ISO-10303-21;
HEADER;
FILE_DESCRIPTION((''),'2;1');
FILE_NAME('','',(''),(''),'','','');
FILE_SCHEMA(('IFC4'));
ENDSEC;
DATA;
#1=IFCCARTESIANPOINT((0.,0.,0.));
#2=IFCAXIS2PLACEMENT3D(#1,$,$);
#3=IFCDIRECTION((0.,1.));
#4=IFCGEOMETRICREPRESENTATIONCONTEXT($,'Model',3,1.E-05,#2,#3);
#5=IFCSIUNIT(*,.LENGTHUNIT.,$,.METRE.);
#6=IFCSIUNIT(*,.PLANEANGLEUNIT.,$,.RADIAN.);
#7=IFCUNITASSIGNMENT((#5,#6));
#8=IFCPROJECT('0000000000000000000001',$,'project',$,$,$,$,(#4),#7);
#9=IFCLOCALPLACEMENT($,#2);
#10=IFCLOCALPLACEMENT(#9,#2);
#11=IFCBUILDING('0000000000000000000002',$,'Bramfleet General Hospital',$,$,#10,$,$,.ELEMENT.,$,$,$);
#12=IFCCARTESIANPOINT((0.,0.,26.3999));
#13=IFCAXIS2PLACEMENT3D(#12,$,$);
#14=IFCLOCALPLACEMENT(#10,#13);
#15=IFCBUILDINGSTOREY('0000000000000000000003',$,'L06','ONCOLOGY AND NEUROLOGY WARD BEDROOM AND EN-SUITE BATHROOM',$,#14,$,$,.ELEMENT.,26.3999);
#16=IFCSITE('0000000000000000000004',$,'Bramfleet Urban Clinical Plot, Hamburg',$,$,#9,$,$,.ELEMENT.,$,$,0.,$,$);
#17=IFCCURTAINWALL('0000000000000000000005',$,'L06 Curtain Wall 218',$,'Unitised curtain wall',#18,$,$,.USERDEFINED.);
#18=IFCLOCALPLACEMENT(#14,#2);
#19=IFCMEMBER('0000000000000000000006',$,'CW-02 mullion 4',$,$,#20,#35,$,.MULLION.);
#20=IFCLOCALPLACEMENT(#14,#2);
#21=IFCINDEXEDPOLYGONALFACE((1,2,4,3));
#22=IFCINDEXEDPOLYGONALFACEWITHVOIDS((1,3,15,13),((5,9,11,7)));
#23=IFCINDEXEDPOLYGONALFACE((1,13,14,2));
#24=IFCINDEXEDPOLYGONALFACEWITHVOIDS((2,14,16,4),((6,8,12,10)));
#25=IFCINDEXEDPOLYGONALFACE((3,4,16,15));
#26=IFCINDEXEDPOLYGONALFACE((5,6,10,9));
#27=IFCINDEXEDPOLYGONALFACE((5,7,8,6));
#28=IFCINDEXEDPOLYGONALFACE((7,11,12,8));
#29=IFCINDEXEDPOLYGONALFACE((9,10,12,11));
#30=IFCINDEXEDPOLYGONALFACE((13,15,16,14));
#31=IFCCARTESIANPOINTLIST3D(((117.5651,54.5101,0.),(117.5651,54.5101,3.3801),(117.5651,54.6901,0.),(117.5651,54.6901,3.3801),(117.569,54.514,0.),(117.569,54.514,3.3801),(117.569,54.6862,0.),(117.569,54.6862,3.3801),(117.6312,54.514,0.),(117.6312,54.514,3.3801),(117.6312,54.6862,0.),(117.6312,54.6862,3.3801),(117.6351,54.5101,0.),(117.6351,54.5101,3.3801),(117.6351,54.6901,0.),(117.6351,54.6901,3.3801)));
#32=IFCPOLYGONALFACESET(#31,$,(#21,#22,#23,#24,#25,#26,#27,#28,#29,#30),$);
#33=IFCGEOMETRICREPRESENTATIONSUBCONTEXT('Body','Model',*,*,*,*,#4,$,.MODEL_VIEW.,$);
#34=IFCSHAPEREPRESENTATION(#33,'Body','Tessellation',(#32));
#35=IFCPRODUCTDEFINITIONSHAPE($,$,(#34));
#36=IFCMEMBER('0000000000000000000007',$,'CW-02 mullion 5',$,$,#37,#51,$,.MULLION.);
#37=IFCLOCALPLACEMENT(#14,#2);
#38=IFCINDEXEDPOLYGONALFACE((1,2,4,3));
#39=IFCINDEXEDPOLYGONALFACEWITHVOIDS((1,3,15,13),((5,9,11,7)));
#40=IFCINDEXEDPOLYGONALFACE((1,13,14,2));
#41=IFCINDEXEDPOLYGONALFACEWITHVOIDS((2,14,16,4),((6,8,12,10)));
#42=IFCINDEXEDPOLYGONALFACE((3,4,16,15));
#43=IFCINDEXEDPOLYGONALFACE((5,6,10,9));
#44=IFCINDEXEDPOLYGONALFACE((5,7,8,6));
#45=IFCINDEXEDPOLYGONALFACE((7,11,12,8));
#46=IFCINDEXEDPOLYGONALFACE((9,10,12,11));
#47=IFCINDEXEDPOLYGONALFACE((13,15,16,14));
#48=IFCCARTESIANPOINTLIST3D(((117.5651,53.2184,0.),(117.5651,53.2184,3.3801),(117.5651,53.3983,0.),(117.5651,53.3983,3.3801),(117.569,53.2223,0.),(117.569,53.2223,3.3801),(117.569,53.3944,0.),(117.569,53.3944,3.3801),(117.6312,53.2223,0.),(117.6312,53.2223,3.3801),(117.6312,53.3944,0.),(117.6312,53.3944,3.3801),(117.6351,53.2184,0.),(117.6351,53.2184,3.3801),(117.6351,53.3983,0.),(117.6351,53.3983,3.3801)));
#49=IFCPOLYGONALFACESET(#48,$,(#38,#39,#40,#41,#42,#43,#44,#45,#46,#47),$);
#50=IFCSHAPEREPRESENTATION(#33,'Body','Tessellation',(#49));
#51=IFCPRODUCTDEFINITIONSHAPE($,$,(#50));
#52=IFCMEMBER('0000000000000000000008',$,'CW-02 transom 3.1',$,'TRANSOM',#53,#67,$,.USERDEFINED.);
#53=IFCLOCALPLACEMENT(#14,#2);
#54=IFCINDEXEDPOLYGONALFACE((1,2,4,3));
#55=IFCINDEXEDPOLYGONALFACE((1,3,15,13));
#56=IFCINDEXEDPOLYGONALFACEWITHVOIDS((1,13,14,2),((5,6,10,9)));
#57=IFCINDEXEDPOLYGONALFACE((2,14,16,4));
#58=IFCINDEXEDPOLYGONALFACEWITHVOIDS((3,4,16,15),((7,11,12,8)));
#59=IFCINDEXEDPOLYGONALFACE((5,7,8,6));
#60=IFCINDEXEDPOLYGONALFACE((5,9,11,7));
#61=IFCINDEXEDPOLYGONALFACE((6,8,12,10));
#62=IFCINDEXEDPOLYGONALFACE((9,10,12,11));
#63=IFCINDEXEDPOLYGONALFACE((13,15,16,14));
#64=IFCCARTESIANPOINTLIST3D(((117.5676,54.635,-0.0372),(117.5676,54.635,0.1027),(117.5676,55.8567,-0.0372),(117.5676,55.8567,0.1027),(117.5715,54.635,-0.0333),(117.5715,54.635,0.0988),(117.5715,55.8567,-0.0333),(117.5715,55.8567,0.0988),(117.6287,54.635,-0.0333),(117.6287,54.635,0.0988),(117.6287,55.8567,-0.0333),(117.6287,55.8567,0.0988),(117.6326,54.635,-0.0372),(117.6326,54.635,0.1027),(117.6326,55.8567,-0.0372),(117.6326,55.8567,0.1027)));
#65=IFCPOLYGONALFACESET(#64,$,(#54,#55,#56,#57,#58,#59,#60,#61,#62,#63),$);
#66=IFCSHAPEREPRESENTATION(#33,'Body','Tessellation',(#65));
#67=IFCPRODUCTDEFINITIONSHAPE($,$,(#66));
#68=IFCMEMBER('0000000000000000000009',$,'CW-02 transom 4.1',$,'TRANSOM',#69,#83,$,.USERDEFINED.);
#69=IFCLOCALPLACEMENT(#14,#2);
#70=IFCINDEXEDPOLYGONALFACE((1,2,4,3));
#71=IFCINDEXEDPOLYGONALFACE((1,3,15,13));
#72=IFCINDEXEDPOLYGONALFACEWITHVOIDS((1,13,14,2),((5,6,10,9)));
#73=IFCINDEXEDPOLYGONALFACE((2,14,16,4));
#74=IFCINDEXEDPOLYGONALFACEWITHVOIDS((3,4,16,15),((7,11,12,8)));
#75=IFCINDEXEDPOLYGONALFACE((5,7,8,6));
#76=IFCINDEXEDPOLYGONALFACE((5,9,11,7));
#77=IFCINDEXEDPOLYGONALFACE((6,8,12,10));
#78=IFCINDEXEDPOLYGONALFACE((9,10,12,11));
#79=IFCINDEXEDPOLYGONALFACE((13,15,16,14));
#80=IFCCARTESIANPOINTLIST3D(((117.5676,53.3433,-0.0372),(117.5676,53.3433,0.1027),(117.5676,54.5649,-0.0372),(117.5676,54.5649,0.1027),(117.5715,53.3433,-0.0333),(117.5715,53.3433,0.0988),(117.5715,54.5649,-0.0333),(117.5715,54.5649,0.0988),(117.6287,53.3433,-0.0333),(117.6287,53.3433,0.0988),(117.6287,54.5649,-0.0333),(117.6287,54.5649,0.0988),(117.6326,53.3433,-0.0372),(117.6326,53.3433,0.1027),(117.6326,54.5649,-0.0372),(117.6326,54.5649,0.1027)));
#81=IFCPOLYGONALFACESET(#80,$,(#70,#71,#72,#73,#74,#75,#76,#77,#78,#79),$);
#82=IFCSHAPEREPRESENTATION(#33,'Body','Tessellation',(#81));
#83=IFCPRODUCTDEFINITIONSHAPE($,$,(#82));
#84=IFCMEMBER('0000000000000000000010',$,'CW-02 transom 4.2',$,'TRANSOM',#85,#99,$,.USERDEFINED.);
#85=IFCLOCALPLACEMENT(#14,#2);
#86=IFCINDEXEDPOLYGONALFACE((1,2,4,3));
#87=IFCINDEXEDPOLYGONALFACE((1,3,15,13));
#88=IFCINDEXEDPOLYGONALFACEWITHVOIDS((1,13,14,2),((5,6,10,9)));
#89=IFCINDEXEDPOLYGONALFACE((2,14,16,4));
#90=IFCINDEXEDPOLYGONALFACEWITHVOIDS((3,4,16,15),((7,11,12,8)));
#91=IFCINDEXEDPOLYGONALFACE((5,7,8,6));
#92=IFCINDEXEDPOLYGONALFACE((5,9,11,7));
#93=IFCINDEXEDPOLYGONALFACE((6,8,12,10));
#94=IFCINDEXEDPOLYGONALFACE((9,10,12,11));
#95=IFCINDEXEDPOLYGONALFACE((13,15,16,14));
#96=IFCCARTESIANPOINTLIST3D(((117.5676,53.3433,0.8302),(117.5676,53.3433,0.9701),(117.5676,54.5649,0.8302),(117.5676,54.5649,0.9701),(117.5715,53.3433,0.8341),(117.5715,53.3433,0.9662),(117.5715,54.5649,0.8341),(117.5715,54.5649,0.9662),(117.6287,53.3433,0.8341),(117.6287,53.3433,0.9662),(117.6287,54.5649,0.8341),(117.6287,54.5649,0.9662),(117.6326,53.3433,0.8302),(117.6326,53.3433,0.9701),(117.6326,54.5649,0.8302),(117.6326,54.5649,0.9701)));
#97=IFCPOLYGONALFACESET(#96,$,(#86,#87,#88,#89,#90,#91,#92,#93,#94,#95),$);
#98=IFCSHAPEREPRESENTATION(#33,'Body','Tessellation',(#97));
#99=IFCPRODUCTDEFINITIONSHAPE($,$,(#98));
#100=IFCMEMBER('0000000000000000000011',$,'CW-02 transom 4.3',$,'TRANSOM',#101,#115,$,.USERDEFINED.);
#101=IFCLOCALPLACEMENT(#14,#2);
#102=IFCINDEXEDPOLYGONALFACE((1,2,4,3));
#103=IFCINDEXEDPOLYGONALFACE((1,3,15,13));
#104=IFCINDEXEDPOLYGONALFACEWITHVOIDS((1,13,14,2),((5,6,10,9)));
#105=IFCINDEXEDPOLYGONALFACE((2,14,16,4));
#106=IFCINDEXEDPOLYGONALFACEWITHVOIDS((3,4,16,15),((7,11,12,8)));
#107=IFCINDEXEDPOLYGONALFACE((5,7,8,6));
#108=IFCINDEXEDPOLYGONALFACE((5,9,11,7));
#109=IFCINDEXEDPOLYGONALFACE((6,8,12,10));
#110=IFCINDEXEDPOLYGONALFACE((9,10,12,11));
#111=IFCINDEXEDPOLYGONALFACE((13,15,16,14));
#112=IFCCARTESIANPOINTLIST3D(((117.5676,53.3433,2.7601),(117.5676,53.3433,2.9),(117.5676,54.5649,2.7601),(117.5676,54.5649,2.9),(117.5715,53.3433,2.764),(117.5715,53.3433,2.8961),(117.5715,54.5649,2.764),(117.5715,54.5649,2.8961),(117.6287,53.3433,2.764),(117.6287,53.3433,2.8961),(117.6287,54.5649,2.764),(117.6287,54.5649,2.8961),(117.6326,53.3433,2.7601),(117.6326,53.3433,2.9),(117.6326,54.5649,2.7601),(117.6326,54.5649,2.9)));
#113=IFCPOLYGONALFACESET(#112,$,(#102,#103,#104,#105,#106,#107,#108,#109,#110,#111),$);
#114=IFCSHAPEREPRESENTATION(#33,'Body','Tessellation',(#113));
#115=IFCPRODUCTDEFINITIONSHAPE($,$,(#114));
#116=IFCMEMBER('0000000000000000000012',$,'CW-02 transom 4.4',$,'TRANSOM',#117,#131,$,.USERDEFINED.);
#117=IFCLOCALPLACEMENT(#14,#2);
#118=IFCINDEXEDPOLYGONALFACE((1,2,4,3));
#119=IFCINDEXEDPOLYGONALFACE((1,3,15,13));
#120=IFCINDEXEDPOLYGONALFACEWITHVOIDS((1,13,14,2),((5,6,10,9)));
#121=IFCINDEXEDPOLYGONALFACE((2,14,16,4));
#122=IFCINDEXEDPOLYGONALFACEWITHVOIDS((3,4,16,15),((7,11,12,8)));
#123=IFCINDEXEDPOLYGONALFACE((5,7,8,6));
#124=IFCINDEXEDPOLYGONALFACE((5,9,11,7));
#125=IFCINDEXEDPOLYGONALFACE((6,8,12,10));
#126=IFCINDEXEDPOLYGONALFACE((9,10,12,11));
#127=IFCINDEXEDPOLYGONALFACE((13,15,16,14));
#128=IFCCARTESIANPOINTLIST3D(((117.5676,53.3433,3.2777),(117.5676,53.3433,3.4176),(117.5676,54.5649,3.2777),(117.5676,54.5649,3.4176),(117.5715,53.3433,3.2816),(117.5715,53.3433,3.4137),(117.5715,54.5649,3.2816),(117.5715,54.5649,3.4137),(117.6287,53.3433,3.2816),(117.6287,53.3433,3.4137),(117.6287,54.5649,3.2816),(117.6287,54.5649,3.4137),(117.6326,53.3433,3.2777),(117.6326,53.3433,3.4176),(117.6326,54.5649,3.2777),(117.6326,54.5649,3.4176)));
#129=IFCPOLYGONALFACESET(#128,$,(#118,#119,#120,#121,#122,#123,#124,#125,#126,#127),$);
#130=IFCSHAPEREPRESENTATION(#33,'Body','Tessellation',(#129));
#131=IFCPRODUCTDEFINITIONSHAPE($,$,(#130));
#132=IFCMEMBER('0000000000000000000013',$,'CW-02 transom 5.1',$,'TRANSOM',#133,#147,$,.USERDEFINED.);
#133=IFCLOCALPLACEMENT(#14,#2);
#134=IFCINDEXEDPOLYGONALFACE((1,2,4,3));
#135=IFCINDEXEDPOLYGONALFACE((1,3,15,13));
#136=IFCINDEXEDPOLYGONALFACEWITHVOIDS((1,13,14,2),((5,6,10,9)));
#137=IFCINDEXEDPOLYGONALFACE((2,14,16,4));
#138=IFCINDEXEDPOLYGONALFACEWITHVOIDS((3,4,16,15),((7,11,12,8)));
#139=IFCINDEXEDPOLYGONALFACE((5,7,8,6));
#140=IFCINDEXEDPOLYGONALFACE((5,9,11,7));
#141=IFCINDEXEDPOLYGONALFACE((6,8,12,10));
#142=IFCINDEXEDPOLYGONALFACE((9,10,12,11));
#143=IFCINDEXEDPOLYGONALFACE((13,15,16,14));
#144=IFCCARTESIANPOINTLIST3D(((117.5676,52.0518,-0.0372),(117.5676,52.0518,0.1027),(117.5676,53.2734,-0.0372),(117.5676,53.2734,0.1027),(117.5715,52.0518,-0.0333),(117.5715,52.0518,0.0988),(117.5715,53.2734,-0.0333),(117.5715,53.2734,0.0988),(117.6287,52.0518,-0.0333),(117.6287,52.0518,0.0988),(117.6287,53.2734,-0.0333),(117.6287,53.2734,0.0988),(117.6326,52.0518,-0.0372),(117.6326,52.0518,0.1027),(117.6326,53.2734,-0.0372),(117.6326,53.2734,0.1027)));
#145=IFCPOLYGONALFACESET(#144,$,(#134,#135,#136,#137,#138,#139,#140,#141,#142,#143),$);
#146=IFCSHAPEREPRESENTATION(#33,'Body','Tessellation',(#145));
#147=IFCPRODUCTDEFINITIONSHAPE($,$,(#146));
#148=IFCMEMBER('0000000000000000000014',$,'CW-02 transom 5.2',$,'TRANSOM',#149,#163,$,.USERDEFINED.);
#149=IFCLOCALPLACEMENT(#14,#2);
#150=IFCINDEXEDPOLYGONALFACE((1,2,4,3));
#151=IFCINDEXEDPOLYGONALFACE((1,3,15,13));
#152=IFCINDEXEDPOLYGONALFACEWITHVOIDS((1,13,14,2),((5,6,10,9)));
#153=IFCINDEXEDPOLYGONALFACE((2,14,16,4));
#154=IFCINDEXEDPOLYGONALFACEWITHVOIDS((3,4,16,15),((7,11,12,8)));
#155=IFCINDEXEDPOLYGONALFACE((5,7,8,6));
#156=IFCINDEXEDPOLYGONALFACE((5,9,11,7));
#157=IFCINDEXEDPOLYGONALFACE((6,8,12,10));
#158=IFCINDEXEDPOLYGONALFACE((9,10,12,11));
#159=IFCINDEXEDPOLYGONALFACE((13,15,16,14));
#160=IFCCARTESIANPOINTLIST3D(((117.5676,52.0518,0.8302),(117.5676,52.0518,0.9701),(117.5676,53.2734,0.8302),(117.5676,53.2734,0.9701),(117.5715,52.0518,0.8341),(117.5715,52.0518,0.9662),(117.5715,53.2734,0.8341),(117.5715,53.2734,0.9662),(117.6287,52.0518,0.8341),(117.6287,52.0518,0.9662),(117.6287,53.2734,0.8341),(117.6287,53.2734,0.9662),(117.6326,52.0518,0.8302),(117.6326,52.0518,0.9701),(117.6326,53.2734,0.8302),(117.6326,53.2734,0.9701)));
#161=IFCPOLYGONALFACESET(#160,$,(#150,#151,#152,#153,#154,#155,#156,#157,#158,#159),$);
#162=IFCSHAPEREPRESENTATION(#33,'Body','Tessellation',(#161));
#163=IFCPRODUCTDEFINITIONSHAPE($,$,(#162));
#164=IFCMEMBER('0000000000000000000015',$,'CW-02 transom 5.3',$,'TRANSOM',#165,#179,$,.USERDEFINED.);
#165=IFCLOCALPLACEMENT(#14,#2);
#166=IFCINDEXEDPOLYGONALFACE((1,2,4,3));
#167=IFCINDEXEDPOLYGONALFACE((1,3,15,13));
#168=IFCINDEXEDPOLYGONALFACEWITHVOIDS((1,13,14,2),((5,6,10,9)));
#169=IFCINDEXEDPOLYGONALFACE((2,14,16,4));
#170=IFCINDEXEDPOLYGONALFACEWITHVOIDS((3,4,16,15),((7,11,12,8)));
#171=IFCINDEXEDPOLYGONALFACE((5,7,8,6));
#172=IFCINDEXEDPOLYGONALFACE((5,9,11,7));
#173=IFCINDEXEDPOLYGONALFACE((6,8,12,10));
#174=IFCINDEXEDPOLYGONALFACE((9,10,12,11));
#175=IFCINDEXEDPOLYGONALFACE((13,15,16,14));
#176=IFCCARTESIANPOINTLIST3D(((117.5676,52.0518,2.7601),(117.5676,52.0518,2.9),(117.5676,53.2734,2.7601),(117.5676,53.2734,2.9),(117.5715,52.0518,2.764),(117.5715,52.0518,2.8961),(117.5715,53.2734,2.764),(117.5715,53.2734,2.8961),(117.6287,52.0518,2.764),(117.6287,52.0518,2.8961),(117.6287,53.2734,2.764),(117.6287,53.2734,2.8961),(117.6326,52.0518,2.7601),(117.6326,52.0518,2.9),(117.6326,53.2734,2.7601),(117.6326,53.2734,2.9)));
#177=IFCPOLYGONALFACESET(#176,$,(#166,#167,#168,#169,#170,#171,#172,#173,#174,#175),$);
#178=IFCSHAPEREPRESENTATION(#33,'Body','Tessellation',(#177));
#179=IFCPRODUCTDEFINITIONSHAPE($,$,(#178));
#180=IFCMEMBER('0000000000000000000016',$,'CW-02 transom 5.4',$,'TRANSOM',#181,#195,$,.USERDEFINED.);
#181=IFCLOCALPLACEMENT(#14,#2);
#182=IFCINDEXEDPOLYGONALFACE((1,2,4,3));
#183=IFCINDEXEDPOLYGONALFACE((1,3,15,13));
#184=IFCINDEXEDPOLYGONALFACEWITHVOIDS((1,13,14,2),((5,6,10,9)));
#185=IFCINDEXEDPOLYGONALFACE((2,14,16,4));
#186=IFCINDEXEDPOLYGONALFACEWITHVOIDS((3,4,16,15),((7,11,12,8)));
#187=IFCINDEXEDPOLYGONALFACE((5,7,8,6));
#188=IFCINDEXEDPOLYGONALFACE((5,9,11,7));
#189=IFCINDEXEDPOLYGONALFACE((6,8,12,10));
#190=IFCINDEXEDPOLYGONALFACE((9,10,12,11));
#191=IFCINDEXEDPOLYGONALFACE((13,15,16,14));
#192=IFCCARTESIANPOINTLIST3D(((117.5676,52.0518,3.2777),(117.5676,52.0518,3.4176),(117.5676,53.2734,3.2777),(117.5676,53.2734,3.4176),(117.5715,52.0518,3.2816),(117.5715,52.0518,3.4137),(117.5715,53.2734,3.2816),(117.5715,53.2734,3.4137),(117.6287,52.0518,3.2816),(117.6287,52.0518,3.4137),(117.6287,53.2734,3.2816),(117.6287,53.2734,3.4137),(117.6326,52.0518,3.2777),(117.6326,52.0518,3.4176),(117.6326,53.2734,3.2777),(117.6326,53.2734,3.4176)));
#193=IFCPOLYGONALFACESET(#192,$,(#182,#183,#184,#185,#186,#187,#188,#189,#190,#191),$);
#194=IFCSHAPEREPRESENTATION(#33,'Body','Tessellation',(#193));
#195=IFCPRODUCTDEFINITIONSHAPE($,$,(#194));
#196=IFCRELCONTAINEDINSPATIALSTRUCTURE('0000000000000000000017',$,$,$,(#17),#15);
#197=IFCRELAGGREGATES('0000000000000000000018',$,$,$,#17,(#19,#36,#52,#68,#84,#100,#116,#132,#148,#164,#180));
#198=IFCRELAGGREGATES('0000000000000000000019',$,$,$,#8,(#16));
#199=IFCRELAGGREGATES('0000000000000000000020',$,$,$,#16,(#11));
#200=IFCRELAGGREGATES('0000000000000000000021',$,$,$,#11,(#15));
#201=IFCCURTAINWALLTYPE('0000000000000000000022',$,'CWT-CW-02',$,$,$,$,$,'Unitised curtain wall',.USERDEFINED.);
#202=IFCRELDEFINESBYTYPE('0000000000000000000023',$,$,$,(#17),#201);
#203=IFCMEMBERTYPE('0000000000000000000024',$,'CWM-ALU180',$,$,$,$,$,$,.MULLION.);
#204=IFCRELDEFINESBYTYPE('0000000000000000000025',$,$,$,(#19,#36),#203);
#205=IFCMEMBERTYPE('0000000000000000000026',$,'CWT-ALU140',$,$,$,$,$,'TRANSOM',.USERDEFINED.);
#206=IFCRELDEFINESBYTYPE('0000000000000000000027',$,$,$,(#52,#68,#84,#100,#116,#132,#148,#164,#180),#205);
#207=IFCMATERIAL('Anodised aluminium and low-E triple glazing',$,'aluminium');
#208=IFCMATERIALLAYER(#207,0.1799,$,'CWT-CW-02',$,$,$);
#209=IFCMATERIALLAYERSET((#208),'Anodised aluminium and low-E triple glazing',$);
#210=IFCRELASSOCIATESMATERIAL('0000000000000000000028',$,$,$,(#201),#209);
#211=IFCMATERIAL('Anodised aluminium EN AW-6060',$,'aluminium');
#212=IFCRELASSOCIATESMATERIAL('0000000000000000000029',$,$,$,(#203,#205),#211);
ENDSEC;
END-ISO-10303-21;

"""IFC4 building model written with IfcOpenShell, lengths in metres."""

from ifc_helpers import new_model, si_unit, direction, frame, origin, origin_2d, place, context, subcontext, project, spatial, hollow_rectangle, extrude, material, layer, layer_set, material_profile, profile_set, type_object, element, aggregate, save


model = new_model("IFC4")

# Units and contexts
model_context = context("Model", 3, precision=1e-05, world=origin(), true_north=direction((0.0, 1.0)))
body_context = subcontext(model_context, "Body", "Model", "MODEL_VIEW")
ifc_project = project(units=[si_unit("LENGTHUNIT", "METRE"), si_unit("PLANEANGLEUNIT", "RADIAN")], contexts=[model_context])

# Site, building, storey
site_placement = place(None, origin())
site = spatial("IfcSite", under=ifc_project, at=site_placement, Name="Bramfleet Urban Clinical Plot, Hamburg", CompositionType="ELEMENT", RefElevation=0.0)
building_placement = place(site_placement, origin())
building = spatial("IfcBuilding", under=site, at=building_placement, Name="Bramfleet General Hospital", CompositionType="ELEMENT")
storey_placement = place(building_placement, frame((0.0, 0.0, 26.3999)))
storey = spatial("IfcBuildingStorey", under=building, at=storey_placement, Name="L06", Description="ONCOLOGY AND NEUROLOGY WARD BEDROOM AND EN-SUITE BATHROOM", CompositionType="ELEMENT", Elevation=26.3999)

# Curtain wall, members
ifc_material_1 = material(Name="Anodised aluminium and low-E triple glazing", Category="aluminium")
ifc_layer_1 = layer(ifc_material_1, 0.1799, Name="CWT-CW-02")
ifc_layer_set_1 = layer_set([ifc_layer_1], Name="Anodised aluminium and low-E triple glazing")
curtain_wall_type = type_object("IfcCurtainWallType", Name="CWT-CW-02", ElementType="Unitised curtain wall", PredefinedType="USERDEFINED", material=ifc_layer_set_1)
curtain_wall_placement = place(storey_placement, origin())
curtain_wall = element("IfcCurtainWall", 1, at=curtain_wall_placement, inside=storey, type_object=curtain_wall_type, Name="L06 Curtain Wall 218", ObjectType="Unitised curtain wall", PredefinedType="USERDEFINED")
ifc_material_2 = material(Name="Anodised aluminium EN AW-6060", Category="aluminium")
ifc_material_profile_1 = material_profile(ifc_material_2, hollow_rectangle(XDim=0.0701, YDim=0.1799, WallThickness=0.0039, at=origin_2d()), Name="ALU 180x70x4.0")
ifc_profile_set_1 = profile_set([ifc_material_profile_1], Name="Anodised aluminium EN AW-6060")
member_type_1 = type_object("IfcMemberType", Name="CWM-ALU180", PredefinedType="MULLION", material=ifc_profile_set_1)
member_1_placement = place(storey_placement, frame((117.6001, 54.6001, 0.0), z_axis=(0.0, 0.0, 1.0), x_axis=(1.0, 0.0, 0.0)))
member_1 = element("IfcMember", 2, at=member_1_placement, type_object=member_type_1, Name="CW-02 mullion 4", PredefinedType="MULLION", context=body_context, shape_type="SweptSolid", body=[
    extrude(hollow_rectangle(XDim=0.0701, YDim=0.1799, WallThickness=0.0039, at=origin_2d()), origin(), (0.0, 0.0, 1.0), 3.3801),
])
member_2_placement = place(storey_placement, frame((117.6001, 53.3083, 0.0), z_axis=(0.0, 0.0, 1.0), x_axis=(1.0, 0.0, 0.0)))
member_2 = element("IfcMember", 3, at=member_2_placement, type_object=member_type_1, Name="CW-02 mullion 5", PredefinedType="MULLION", context=body_context, shape_type="SweptSolid", body=[
    extrude(hollow_rectangle(XDim=0.0701, YDim=0.1799, WallThickness=0.0039, at=origin_2d()), origin(), (0.0, 0.0, 1.0), 3.3801),
])
ifc_material_profile_2 = material_profile(ifc_material_2, hollow_rectangle(XDim=0.0649, YDim=0.1399, WallThickness=0.0039, at=origin_2d()), Name="ALU 140x65x4.0")
ifc_profile_set_2 = profile_set([ifc_material_profile_2], Name="Anodised aluminium EN AW-6060")
member_type_2 = type_object("IfcMemberType", Name="CWT-ALU140", ElementType="TRANSOM", PredefinedType="USERDEFINED", material=ifc_profile_set_2)
member_3_placement = place(storey_placement, frame((117.6001, 55.8567, 0.0327), z_axis=(0.0, -1.0, 0.0), x_axis=(1.0, 0.0, 0.0)))
member_3 = element("IfcMember", 4, at=member_3_placement, type_object=member_type_2, Name="CW-02 transom 3.1", ObjectType="TRANSOM", PredefinedType="USERDEFINED", context=body_context, shape_type="SweptSolid", body=[
    extrude(hollow_rectangle(XDim=0.0649, YDim=0.1399, WallThickness=0.0039, at=origin_2d()), origin(), (0.0, 0.0, 1.0), 1.2217),
])
member_4_placement = place(storey_placement, frame((117.6001, 54.5649, 0.0327), z_axis=(0.0, -1.0, 0.0), x_axis=(1.0, 0.0, 0.0)))
member_4 = element("IfcMember", 5, at=member_4_placement, type_object=member_type_2, Name="CW-02 transom 4.1", ObjectType="TRANSOM", PredefinedType="USERDEFINED", context=body_context, shape_type="SweptSolid", body=[
    extrude(hollow_rectangle(XDim=0.0649, YDim=0.1399, WallThickness=0.0039, at=origin_2d()), origin(), (0.0, 0.0, 1.0), 1.2217),
])
member_5_placement = place(storey_placement, frame((117.6001, 54.5649, 0.9001), z_axis=(0.0, -1.0, 0.0), x_axis=(1.0, 0.0, 0.0)))
member_5 = element("IfcMember", 6, at=member_5_placement, type_object=member_type_2, Name="CW-02 transom 4.2", ObjectType="TRANSOM", PredefinedType="USERDEFINED", context=body_context, shape_type="SweptSolid", body=[
    extrude(hollow_rectangle(XDim=0.0649, YDim=0.1399, WallThickness=0.0039, at=origin_2d()), origin(), (0.0, 0.0, 1.0), 1.2217),
])
member_6_placement = place(storey_placement, frame((117.6001, 54.5649, 2.8301), z_axis=(0.0, -1.0, 0.0), x_axis=(1.0, 0.0, 0.0)))
member_6 = element("IfcMember", 7, at=member_6_placement, type_object=member_type_2, Name="CW-02 transom 4.3", ObjectType="TRANSOM", PredefinedType="USERDEFINED", context=body_context, shape_type="SweptSolid", body=[
    extrude(hollow_rectangle(XDim=0.0649, YDim=0.1399, WallThickness=0.0039, at=origin_2d()), origin(), (0.0, 0.0, 1.0), 1.2217),
])
member_7_placement = place(storey_placement, frame((117.6001, 54.5649, 3.3477), z_axis=(0.0, -1.0, 0.0), x_axis=(1.0, 0.0, 0.0)))
member_7 = element("IfcMember", 8, at=member_7_placement, type_object=member_type_2, Name="CW-02 transom 4.4", ObjectType="TRANSOM", PredefinedType="USERDEFINED", context=body_context, shape_type="SweptSolid", body=[
    extrude(hollow_rectangle(XDim=0.0649, YDim=0.1399, WallThickness=0.0039, at=origin_2d()), origin(), (0.0, 0.0, 1.0), 1.2217),
])
member_8_placement = place(storey_placement, frame((117.6001, 53.2734, 0.0327), z_axis=(0.0, -1.0, 0.0), x_axis=(1.0, 0.0, 0.0)))
member_8 = element("IfcMember", 9, at=member_8_placement, type_object=member_type_2, Name="CW-02 transom 5.1", ObjectType="TRANSOM", PredefinedType="USERDEFINED", context=body_context, shape_type="SweptSolid", body=[
    extrude(hollow_rectangle(XDim=0.0649, YDim=0.1399, WallThickness=0.0039, at=origin_2d()), origin(), (0.0, 0.0, 1.0), 1.2217),
])
member_9_placement = place(storey_placement, frame((117.6001, 53.2734, 0.9001), z_axis=(0.0, -1.0, 0.0), x_axis=(1.0, 0.0, 0.0)))
member_9 = element("IfcMember", 10, at=member_9_placement, type_object=member_type_2, Name="CW-02 transom 5.2", ObjectType="TRANSOM", PredefinedType="USERDEFINED", context=body_context, shape_type="SweptSolid", body=[
    extrude(hollow_rectangle(XDim=0.0649, YDim=0.1399, WallThickness=0.0039, at=origin_2d()), origin(), (0.0, 0.0, 1.0), 1.2217),
])
member_10_placement = place(storey_placement, frame((117.6001, 53.2734, 2.8301), z_axis=(0.0, -1.0, 0.0), x_axis=(1.0, 0.0, 0.0)))
member_10 = element("IfcMember", 11, at=member_10_placement, type_object=member_type_2, Name="CW-02 transom 5.3", ObjectType="TRANSOM", PredefinedType="USERDEFINED", context=body_context, shape_type="SweptSolid", body=[
    extrude(hollow_rectangle(XDim=0.0649, YDim=0.1399, WallThickness=0.0039, at=origin_2d()), origin(), (0.0, 0.0, 1.0), 1.2217),
])
member_11_placement = place(storey_placement, frame((117.6001, 53.2734, 3.3477), z_axis=(0.0, -1.0, 0.0), x_axis=(1.0, 0.0, 0.0)))
member_11 = element("IfcMember", 12, at=member_11_placement, type_object=member_type_2, Name="CW-02 transom 5.4", ObjectType="TRANSOM", PredefinedType="USERDEFINED", context=body_context, shape_type="SweptSolid", body=[
    extrude(hollow_rectangle(XDim=0.0649, YDim=0.1399, WallThickness=0.0039, at=origin_2d()), origin(), (0.0, 0.0, 1.0), 1.2217),
])
aggregate(curtain_wall, [member_1, member_2, member_3, member_4, member_5, member_6, member_7, member_8, member_9, member_10, member_11])

save(model, "model.ifc")
